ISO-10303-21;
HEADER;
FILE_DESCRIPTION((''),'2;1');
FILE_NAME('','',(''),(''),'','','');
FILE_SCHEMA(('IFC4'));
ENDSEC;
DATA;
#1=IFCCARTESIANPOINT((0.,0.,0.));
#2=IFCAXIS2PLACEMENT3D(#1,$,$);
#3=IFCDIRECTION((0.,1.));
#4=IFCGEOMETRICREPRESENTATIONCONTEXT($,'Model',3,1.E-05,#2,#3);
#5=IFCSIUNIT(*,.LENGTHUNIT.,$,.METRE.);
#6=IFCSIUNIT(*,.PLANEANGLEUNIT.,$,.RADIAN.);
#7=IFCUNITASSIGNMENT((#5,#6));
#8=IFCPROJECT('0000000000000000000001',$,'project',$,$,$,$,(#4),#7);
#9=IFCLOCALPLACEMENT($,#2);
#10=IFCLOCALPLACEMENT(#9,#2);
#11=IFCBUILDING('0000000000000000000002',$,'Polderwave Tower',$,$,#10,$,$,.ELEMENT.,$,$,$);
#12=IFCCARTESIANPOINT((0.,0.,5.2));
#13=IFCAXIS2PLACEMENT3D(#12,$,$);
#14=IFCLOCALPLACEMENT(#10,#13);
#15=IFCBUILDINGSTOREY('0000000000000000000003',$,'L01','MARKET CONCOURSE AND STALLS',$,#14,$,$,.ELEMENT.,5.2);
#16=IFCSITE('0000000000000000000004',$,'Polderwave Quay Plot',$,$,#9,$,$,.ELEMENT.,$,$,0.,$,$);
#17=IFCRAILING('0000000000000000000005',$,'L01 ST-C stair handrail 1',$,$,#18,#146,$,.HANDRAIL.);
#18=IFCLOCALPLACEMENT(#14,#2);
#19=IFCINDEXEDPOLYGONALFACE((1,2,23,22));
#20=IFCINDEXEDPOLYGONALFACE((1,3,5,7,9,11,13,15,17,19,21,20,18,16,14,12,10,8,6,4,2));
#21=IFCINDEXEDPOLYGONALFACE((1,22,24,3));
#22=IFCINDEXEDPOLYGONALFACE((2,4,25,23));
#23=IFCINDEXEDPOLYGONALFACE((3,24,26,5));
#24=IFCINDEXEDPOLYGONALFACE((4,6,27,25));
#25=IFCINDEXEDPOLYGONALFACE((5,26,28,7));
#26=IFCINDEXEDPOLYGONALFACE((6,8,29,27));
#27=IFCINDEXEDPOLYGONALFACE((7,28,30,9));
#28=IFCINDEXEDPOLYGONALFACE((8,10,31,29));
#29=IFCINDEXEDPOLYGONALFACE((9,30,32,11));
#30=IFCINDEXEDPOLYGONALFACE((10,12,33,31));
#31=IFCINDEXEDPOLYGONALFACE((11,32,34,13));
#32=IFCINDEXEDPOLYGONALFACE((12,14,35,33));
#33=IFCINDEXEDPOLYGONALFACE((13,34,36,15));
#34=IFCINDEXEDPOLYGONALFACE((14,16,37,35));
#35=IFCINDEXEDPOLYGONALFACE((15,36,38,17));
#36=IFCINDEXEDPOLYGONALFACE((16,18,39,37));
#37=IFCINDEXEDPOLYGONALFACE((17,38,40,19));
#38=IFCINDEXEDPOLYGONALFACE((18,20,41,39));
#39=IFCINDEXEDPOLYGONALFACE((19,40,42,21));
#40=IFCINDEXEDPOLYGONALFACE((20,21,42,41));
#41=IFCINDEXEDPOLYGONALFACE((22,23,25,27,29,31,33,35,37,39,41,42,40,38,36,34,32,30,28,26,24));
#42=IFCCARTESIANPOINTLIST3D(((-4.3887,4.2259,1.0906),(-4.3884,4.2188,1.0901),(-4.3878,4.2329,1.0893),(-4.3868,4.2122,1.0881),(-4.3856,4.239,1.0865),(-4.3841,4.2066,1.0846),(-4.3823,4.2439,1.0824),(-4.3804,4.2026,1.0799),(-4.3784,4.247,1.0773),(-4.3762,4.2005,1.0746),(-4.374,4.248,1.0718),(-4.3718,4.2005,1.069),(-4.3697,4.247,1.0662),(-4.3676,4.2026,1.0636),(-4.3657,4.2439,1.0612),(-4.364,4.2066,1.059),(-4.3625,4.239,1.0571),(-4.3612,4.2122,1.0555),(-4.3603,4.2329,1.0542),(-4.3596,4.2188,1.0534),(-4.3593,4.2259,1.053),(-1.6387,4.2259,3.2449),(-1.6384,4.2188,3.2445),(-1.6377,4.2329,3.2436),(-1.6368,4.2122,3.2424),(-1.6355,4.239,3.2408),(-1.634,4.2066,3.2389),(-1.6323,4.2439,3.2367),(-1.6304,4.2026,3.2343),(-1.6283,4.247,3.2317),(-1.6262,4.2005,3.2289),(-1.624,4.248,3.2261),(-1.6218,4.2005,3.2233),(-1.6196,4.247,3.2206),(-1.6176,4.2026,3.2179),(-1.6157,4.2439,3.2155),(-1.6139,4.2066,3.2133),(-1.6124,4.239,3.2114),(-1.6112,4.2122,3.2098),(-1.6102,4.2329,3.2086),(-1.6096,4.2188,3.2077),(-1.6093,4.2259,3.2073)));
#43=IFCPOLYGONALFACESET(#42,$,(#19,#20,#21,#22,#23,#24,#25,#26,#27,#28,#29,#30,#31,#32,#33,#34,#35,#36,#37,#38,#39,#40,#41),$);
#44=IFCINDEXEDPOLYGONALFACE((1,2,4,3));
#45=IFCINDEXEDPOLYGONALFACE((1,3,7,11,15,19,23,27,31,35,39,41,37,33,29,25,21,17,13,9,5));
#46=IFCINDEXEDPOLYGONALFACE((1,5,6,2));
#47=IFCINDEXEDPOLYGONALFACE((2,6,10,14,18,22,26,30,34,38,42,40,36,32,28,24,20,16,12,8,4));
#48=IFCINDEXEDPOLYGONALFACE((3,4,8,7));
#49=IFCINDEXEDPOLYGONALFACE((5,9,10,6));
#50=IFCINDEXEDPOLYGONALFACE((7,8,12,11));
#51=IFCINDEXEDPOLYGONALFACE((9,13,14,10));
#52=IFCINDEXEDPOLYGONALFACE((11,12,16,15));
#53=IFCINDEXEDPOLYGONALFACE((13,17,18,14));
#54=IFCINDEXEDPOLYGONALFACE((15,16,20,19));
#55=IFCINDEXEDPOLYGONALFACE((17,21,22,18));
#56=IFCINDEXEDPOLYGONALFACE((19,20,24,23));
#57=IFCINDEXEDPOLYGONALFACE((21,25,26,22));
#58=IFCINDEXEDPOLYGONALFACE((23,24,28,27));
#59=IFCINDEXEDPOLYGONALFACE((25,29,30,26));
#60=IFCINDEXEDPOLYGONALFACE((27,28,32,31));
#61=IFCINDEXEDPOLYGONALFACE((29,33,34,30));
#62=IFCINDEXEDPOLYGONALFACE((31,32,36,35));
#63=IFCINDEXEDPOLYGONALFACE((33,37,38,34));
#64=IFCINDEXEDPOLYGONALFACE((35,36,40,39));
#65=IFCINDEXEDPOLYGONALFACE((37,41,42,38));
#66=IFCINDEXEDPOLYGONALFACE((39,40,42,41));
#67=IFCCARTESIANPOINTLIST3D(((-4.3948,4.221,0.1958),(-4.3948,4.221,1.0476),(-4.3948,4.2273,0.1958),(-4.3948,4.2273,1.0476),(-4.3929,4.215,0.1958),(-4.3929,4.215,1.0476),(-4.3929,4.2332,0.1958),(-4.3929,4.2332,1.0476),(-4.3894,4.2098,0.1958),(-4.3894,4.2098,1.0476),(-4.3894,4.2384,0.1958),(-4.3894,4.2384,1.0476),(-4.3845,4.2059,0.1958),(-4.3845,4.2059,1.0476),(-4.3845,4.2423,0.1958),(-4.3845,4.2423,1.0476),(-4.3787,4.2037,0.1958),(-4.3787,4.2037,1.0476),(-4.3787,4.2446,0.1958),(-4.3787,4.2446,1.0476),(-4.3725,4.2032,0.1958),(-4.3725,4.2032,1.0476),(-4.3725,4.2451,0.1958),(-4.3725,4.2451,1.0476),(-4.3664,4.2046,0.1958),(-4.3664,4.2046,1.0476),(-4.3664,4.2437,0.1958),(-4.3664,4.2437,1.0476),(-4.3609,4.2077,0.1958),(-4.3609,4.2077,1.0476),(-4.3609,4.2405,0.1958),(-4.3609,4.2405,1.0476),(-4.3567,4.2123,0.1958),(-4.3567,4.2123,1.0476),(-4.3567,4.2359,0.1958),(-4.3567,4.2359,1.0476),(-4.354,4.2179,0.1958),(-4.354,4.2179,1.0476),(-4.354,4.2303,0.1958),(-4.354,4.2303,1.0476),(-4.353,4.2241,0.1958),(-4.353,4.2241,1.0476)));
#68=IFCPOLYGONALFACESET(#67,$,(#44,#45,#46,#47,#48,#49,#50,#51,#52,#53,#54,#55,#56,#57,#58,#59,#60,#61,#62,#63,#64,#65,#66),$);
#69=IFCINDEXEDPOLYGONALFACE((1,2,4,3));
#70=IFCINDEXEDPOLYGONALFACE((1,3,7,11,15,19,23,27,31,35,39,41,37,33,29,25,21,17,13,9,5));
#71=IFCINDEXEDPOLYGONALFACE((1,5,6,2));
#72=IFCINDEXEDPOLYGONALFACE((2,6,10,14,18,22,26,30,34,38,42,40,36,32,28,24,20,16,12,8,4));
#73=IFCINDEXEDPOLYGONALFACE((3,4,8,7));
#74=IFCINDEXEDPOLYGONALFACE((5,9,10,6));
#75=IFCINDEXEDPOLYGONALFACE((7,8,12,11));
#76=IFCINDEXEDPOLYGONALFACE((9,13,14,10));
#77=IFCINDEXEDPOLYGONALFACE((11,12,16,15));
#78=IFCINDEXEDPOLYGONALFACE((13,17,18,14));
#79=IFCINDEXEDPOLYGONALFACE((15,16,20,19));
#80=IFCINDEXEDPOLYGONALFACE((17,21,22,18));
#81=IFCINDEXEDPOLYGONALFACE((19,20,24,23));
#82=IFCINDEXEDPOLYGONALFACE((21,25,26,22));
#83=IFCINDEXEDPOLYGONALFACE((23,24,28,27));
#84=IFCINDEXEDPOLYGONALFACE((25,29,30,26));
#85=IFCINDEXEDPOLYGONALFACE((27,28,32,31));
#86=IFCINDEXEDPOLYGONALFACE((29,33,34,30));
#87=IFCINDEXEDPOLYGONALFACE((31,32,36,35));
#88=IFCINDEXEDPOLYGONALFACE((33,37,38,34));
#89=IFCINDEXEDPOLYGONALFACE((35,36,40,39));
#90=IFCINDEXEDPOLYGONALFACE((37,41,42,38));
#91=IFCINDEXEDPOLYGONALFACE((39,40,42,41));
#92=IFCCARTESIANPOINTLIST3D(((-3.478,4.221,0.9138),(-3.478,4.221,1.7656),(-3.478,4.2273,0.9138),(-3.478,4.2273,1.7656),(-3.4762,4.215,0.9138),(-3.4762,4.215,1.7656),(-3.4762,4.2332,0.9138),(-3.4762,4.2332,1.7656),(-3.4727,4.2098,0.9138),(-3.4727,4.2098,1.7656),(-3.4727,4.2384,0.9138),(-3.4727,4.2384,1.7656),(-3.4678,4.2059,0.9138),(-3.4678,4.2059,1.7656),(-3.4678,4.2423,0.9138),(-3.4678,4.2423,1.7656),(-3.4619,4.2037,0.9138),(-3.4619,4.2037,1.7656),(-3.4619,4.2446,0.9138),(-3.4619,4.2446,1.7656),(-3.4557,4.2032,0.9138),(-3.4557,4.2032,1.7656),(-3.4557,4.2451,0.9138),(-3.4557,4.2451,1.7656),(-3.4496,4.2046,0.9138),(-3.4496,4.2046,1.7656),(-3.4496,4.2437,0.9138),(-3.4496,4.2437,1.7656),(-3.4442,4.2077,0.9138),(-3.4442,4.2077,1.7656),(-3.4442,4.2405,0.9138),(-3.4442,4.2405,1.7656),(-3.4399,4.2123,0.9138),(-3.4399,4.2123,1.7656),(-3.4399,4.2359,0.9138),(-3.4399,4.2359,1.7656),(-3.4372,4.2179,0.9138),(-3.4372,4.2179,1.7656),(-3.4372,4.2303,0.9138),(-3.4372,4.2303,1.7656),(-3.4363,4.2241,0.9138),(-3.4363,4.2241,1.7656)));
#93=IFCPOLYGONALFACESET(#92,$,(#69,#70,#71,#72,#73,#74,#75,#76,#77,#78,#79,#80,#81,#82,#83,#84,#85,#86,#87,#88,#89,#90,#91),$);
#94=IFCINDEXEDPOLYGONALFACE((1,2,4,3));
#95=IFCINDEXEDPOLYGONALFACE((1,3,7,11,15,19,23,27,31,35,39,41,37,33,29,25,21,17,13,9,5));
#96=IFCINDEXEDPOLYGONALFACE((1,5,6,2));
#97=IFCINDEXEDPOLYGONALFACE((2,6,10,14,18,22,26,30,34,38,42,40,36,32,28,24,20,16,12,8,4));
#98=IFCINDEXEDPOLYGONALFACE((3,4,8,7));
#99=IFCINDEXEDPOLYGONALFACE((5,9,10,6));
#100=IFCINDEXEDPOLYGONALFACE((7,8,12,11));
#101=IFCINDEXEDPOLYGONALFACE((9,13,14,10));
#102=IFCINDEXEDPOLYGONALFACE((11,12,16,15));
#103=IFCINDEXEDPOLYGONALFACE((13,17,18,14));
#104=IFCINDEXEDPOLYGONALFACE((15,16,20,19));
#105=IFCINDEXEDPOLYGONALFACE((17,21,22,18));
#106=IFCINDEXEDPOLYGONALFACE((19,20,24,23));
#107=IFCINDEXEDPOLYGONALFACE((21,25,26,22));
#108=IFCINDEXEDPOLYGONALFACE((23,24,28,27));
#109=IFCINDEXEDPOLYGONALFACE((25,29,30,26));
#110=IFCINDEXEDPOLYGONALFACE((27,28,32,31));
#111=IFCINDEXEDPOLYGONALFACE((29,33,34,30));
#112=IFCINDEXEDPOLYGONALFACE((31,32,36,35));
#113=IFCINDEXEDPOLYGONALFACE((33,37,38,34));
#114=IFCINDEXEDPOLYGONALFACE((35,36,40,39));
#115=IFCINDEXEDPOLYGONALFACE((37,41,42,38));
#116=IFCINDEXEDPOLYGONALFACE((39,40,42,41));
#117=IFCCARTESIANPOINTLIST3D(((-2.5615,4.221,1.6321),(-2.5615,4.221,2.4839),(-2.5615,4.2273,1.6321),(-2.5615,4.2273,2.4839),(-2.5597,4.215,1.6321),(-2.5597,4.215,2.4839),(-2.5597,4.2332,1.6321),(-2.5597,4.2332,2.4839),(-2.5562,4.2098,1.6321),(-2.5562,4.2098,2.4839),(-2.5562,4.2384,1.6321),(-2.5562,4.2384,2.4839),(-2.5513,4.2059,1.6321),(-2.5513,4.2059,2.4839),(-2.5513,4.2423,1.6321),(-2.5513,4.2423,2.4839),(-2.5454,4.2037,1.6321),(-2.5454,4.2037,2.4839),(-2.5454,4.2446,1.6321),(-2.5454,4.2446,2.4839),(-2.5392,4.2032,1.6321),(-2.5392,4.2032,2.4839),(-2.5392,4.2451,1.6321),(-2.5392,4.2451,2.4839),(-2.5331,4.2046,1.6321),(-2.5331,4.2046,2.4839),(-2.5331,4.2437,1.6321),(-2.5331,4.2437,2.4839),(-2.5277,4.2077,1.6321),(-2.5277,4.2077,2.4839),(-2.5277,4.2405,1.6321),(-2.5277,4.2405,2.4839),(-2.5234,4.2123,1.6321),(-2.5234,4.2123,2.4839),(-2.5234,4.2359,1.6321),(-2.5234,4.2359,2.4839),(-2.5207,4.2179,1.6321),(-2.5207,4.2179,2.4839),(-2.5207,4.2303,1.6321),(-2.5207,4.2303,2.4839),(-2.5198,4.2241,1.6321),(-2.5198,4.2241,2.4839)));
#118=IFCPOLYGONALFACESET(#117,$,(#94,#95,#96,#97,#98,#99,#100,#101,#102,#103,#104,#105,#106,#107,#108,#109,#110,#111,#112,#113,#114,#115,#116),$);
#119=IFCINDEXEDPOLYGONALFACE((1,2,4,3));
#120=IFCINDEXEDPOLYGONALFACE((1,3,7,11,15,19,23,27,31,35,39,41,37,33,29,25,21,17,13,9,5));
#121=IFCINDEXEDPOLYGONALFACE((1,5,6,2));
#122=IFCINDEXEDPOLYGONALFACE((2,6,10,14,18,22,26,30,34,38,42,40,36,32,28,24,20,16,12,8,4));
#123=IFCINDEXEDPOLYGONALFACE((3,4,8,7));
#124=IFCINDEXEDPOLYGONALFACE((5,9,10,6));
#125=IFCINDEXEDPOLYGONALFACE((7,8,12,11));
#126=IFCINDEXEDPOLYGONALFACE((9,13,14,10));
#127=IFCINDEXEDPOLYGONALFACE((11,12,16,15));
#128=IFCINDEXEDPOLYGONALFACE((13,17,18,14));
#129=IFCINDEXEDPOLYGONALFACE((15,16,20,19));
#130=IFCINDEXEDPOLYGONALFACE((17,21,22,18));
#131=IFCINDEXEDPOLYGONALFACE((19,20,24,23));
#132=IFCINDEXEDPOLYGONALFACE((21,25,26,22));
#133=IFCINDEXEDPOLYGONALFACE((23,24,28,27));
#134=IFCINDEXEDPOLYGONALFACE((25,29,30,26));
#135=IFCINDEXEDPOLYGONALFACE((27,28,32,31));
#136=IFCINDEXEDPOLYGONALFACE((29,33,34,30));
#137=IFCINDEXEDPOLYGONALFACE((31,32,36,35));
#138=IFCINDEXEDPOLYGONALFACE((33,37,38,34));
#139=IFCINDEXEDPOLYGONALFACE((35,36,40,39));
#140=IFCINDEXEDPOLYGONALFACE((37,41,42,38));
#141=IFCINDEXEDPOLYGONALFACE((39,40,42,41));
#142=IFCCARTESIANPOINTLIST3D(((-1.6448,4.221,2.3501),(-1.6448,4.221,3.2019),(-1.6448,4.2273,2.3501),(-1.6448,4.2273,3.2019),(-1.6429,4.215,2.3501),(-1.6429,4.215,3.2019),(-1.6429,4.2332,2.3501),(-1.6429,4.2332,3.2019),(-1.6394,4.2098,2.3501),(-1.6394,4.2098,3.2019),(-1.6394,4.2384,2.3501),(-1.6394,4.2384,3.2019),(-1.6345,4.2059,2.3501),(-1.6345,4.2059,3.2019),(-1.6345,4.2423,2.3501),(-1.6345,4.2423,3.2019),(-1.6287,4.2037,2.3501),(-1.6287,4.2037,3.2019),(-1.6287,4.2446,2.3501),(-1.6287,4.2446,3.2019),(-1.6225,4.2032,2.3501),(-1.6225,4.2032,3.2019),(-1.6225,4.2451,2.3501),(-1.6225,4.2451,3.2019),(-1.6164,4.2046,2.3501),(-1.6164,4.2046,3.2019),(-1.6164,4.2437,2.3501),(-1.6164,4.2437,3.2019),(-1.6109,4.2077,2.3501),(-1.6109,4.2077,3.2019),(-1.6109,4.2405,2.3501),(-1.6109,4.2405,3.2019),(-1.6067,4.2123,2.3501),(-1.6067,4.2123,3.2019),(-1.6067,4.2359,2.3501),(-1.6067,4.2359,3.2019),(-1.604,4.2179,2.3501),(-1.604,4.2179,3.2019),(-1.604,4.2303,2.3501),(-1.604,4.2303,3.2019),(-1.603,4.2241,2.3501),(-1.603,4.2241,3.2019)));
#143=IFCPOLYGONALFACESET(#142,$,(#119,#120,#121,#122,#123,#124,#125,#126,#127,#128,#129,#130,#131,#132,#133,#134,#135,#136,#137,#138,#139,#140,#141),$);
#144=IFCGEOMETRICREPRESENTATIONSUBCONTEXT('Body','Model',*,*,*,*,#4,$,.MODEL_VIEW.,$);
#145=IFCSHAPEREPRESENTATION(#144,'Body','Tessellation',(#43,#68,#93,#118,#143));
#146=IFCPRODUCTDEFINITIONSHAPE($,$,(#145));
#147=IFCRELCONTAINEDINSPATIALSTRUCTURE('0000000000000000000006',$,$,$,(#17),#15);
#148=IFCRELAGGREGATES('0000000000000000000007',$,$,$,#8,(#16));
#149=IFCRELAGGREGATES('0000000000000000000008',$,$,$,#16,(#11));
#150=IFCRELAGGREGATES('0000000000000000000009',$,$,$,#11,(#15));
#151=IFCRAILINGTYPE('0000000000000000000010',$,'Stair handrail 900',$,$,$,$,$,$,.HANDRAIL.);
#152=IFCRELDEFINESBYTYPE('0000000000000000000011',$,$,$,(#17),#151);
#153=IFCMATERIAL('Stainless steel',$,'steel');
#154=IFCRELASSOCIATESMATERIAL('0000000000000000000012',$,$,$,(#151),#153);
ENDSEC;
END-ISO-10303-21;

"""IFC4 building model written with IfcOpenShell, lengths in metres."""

from ifc_helpers import new_model, si_unit, direction, frame, origin, origin_2d, place, context, subcontext, project, spatial, circle, extrude, material, type_object, element, save


model = new_model("IFC4")

# Units and contexts
model_context = context("Model", 3, precision=1e-05, world=origin(), true_north=direction((0.0, 1.0)))
body_context = subcontext(model_context, "Body", "Model", "MODEL_VIEW")
ifc_project = project(units=[si_unit("LENGTHUNIT", "METRE"), si_unit("PLANEANGLEUNIT", "RADIAN")], contexts=[model_context])

# Site, building, storey
site_placement = place(None, origin())
site = spatial("IfcSite", under=ifc_project, at=site_placement, Name="Polderwave Quay Plot", CompositionType="ELEMENT", RefElevation=0.0)
building_placement = place(site_placement, origin())
building = spatial("IfcBuilding", under=site, at=building_placement, Name="Polderwave Tower", CompositionType="ELEMENT")
storey_placement = place(building_placement, frame((0.0, 0.0, 5.2)))
storey = spatial("IfcBuildingStorey", under=building, at=storey_placement, Name="L01", Description="MARKET CONCOURSE AND STALLS", CompositionType="ELEMENT", Elevation=5.2)

# Railing
ifc_material_1 = material(Name="Stainless steel", Category="steel")
railing_type_1 = type_object("IfcRailingType", Name="Stair handrail 900", PredefinedType="HANDRAIL", material=ifc_material_1)
railing_1_placement = place(storey_placement, frame((-4.374, 4.2241, 0.1958)))
element("IfcRailing", 1, at=railing_1_placement, inside=storey, type_object=railing_type_1, Name="L01 ST-C stair handrail 1", PredefinedType="HANDRAIL", context=body_context, shape_type="SweptSolid", body=[
    extrude(circle(Radius=0.0239, at=origin_2d()), frame((0.0, 0.0, 0.876), z_axis=(0.78721, 0.0, 0.616685), x_axis=(0.0, 1.0, 0.0)), (0.0, 0.0, 1.0), 3.4934),
    extrude(circle(Radius=0.021, at=origin_2d()), origin(), (0.0, 0.0, 1.0), 0.8518),
    extrude(circle(Radius=0.021, at=origin_2d()), frame((0.9167, 0.0, 0.718)), (0.0, 0.0, 1.0), 0.8518),
    extrude(circle(Radius=0.021, at=origin_2d()), frame((1.8333, 0.0, 1.4363)), (0.0, 0.0, 1.0), 0.8518),
    extrude(circle(Radius=0.021, at=origin_2d()), frame((2.75, 0.0, 2.1543)), (0.0, 0.0, 1.0), 0.8518),
])

save(model, "model.ifc")
